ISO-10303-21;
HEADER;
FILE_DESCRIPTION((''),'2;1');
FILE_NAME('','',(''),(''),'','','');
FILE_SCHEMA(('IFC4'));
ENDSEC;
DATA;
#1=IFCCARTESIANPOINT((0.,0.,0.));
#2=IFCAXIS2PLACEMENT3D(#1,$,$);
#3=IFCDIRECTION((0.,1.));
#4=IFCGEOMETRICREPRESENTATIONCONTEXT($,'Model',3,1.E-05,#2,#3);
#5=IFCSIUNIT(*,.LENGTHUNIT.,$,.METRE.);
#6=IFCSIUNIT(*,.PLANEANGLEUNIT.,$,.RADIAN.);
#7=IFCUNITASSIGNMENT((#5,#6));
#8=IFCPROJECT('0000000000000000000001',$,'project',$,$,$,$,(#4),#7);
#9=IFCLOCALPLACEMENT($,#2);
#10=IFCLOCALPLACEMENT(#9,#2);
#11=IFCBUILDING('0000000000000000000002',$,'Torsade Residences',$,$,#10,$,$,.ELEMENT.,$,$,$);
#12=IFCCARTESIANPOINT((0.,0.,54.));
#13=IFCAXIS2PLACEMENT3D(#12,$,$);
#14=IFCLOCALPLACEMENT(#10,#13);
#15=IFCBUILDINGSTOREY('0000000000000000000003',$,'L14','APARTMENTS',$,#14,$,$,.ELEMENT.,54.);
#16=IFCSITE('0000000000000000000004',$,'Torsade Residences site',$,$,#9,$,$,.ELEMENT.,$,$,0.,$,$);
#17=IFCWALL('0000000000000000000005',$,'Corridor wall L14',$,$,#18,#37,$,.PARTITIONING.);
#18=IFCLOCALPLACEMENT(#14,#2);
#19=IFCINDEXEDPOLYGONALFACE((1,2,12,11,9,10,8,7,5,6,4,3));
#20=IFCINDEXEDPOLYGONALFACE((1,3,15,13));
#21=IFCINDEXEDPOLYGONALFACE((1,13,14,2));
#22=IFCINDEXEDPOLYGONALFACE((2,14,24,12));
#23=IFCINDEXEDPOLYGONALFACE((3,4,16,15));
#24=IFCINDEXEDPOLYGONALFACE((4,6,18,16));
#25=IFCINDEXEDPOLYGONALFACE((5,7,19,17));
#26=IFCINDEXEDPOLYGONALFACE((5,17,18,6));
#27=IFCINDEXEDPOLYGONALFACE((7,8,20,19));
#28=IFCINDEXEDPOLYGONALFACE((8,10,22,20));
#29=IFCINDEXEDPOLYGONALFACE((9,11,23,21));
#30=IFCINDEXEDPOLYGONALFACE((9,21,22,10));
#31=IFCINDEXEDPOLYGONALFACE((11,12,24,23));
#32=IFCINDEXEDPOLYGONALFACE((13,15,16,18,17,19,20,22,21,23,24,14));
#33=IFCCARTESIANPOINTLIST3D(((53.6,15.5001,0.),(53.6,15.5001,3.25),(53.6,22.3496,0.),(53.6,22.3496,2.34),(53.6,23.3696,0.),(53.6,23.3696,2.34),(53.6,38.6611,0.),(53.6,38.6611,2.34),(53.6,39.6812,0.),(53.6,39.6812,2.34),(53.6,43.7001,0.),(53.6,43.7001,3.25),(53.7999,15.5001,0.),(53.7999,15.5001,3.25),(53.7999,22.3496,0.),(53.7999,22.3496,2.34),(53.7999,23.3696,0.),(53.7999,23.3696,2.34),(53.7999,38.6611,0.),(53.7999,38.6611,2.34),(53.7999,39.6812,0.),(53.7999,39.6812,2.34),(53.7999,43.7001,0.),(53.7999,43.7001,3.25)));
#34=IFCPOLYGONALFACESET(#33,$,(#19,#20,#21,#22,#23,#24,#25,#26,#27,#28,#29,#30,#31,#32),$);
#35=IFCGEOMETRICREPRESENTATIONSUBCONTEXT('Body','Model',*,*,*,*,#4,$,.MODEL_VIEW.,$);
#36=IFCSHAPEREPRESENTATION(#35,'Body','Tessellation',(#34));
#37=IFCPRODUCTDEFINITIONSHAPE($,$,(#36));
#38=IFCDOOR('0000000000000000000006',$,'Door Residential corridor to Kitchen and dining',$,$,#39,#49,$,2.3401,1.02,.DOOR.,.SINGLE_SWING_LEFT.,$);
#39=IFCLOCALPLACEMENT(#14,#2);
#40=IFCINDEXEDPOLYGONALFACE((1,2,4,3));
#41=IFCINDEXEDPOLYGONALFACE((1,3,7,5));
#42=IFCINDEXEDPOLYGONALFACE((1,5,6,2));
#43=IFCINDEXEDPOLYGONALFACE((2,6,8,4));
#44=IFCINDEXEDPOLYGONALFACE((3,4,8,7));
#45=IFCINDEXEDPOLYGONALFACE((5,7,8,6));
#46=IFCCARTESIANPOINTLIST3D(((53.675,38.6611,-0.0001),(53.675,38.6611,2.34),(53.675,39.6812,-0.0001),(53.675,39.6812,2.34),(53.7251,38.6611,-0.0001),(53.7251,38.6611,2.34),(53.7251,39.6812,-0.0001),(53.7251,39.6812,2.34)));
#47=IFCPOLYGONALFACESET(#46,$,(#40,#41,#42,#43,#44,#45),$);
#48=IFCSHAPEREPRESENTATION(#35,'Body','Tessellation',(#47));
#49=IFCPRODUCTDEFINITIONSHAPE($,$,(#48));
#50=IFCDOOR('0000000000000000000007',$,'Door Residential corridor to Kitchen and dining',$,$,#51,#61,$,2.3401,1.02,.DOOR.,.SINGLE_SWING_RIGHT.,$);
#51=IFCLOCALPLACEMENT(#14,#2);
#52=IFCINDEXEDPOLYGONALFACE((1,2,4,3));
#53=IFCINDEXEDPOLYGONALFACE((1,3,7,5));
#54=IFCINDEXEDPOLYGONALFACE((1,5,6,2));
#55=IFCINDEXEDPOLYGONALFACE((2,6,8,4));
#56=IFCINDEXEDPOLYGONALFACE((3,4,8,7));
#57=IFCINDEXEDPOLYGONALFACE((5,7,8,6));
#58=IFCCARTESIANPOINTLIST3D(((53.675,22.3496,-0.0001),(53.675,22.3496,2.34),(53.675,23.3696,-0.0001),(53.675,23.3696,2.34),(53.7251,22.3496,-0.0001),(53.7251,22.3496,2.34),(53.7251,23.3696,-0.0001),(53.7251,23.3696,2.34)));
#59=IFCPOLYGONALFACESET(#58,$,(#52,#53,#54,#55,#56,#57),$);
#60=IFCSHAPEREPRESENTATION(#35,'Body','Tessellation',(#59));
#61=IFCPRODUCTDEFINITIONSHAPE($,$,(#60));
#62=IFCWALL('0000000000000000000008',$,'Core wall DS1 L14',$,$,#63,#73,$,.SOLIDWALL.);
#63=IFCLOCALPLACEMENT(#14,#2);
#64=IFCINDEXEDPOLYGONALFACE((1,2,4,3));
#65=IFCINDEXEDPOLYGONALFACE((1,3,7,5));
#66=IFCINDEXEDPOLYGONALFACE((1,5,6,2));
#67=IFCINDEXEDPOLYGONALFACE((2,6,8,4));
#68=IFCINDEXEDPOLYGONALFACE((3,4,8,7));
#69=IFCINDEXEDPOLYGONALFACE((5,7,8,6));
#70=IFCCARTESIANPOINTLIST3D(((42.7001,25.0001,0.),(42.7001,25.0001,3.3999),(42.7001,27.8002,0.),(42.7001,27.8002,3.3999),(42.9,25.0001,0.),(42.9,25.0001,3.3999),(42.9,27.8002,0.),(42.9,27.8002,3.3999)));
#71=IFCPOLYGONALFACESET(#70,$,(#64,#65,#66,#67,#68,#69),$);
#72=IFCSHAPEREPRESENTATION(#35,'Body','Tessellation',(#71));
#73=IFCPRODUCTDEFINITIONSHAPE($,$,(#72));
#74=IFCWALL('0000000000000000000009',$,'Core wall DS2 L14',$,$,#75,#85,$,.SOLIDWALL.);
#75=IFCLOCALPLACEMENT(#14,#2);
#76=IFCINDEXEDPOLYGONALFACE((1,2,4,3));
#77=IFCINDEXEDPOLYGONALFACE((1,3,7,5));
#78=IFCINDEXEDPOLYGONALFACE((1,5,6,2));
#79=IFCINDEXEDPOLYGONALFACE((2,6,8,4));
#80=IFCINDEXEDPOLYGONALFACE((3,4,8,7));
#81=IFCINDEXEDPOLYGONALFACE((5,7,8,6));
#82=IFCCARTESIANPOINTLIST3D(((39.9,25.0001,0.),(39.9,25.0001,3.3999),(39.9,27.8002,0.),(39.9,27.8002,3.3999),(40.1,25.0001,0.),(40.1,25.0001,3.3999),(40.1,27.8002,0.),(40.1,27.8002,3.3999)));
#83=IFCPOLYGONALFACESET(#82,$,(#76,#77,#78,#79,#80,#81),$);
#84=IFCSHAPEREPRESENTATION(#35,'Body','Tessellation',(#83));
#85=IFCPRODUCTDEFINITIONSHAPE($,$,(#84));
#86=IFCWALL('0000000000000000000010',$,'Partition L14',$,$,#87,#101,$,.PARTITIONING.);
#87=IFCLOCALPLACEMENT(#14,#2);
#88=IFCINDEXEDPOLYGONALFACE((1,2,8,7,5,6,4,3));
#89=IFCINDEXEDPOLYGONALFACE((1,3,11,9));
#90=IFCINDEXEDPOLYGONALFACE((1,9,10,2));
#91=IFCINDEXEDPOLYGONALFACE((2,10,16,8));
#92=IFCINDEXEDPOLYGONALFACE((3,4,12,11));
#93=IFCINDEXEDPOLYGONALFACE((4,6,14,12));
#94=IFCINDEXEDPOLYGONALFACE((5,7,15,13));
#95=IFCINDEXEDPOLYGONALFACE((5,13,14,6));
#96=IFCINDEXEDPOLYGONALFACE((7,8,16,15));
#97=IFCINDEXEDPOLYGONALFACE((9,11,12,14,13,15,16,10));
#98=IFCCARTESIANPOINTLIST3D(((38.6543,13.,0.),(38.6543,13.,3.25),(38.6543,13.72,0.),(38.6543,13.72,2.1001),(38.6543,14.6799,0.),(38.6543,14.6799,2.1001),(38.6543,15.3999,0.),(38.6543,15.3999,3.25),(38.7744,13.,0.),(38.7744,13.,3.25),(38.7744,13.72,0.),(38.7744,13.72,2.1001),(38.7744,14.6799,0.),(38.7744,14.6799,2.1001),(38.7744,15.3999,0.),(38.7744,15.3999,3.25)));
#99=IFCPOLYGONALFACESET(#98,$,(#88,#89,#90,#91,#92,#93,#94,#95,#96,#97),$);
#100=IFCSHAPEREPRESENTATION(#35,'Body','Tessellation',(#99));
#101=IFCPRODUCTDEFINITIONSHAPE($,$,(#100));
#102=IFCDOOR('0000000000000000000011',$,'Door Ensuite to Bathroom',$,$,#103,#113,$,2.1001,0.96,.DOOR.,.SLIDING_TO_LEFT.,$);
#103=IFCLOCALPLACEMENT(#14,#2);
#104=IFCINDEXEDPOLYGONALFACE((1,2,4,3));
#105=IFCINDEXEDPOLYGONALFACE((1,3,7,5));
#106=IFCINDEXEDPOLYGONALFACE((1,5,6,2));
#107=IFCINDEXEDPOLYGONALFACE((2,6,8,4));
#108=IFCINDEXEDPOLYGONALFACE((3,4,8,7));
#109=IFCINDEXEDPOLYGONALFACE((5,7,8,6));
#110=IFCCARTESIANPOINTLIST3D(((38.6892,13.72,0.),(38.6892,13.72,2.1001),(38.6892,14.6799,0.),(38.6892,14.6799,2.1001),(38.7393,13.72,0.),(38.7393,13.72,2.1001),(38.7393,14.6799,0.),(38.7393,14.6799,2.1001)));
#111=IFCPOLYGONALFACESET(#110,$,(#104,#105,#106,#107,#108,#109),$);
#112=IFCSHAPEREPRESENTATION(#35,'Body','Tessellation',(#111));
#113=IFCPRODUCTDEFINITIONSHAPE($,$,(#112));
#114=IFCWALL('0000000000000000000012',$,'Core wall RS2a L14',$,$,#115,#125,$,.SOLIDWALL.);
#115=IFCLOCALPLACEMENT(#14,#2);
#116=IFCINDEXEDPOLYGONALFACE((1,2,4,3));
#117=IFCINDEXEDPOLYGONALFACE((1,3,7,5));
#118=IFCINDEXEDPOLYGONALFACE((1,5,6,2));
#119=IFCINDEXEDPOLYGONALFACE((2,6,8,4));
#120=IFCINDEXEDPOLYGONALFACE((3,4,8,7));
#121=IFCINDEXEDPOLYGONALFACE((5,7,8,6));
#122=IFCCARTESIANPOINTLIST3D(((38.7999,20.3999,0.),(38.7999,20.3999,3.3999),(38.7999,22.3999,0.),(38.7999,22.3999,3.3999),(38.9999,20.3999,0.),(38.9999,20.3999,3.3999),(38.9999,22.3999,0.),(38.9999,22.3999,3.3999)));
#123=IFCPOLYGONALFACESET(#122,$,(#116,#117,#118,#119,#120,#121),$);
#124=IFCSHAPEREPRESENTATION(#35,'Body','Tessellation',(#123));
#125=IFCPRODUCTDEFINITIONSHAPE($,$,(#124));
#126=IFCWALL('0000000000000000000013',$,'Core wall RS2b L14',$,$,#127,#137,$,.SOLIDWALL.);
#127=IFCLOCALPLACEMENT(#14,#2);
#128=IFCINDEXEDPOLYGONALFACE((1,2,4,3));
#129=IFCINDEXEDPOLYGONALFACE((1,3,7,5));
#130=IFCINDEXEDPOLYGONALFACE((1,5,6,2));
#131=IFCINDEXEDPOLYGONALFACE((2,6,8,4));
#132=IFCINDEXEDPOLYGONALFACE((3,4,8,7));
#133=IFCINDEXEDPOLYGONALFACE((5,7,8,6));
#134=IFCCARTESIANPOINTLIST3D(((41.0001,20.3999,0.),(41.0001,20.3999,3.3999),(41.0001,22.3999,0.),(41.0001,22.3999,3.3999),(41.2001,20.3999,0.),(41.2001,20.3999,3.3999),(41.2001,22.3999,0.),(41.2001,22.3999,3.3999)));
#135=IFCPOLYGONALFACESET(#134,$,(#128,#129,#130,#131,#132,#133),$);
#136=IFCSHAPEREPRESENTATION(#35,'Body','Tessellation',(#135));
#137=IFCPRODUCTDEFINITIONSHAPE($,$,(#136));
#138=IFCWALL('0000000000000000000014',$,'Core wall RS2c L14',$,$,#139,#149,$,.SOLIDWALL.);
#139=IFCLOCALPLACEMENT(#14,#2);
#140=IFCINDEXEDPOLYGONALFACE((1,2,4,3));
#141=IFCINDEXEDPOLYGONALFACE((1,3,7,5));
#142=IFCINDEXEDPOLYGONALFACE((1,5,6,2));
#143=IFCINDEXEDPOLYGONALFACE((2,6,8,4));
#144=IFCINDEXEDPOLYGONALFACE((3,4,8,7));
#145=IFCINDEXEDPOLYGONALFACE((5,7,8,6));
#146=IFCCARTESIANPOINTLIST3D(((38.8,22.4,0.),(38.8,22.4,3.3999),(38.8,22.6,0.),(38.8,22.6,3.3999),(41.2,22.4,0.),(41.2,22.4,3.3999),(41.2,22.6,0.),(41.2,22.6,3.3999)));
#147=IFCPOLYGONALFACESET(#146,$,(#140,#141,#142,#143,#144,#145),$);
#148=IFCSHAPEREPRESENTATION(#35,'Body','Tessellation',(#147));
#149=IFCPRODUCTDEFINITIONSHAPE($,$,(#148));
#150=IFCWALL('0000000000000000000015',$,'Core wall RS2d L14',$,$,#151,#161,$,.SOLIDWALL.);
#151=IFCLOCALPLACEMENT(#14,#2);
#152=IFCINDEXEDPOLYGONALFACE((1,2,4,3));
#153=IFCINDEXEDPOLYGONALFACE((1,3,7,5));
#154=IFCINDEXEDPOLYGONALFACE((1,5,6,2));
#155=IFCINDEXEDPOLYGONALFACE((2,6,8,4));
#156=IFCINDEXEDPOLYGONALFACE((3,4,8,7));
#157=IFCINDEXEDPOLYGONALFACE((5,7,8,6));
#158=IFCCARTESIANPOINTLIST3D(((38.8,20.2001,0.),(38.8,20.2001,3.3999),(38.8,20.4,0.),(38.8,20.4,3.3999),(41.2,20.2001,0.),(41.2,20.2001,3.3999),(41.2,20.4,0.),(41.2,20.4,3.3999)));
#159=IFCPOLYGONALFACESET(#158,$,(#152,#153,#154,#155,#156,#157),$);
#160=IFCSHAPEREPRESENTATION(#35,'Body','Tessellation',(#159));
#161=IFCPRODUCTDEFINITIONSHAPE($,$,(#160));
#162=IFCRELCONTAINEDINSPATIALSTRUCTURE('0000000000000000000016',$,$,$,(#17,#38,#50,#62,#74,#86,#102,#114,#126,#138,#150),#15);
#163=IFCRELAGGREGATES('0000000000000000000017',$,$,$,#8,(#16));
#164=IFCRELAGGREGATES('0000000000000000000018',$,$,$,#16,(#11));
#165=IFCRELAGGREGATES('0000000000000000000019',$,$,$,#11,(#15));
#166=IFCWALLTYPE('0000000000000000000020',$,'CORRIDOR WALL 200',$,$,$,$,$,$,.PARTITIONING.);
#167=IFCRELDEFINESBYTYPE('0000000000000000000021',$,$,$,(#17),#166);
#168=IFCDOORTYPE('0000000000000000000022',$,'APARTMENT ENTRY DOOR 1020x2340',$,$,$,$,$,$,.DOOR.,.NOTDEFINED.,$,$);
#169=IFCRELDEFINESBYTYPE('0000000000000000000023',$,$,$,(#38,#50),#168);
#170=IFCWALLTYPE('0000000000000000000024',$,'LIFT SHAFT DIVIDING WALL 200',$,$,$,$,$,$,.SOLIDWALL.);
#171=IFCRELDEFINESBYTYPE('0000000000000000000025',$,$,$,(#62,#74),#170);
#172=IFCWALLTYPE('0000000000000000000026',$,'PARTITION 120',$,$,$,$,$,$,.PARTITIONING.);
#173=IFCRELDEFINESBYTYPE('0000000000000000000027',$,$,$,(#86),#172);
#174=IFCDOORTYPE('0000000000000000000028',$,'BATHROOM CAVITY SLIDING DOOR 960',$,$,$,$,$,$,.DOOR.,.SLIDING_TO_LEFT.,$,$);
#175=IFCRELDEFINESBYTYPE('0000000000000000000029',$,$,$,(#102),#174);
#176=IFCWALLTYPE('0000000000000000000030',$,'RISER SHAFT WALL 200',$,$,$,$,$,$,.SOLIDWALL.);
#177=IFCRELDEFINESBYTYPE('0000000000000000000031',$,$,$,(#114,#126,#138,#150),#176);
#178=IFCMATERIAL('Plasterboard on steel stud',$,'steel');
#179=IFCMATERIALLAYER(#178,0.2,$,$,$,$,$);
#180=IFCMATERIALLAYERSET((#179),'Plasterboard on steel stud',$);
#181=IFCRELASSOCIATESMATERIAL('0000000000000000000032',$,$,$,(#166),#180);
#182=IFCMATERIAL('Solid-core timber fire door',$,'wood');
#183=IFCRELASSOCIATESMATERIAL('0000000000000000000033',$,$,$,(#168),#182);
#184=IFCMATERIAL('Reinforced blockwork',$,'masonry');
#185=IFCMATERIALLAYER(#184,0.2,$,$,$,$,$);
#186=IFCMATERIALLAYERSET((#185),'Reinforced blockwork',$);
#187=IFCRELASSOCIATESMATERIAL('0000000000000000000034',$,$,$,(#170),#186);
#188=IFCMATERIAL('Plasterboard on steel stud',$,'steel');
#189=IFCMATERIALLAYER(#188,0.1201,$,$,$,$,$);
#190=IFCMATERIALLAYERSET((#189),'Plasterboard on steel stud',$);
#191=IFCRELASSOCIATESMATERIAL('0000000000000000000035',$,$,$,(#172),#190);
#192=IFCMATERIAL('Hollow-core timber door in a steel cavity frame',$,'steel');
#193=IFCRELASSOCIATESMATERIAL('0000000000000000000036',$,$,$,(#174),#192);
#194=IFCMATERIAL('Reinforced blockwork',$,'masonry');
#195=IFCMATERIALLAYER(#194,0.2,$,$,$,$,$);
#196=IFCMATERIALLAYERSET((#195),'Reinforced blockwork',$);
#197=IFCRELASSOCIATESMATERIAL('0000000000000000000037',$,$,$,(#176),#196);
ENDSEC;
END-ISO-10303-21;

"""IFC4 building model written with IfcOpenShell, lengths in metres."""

from ifc_helpers import new_model, si_unit, direction, frame, frame_2d, origin, place, context, subcontext, project, spatial, rectangle, extrude, material, layer, layer_set, type_object, element, fill, save


model = new_model("IFC4")

# Units and contexts
model_context = context("Model", 3, precision=1e-05, world=origin(), true_north=direction((0.0, 1.0)))
body_context = subcontext(model_context, "Body", "Model", "MODEL_VIEW")
ifc_project = project(units=[si_unit("LENGTHUNIT", "METRE"), si_unit("PLANEANGLEUNIT", "RADIAN")], contexts=[model_context])

# Site, building, storey
site_placement = place(None, origin())
site = spatial("IfcSite", under=ifc_project, at=site_placement, Name="Torsade Residences site", CompositionType="ELEMENT", RefElevation=0.0)
building_placement = place(site_placement, origin())
building = spatial("IfcBuilding", under=site, at=building_placement, Name="Torsade Residences", CompositionType="ELEMENT")
storey_placement = place(building_placement, frame((0.0, 0.0, 54.0)))
storey = spatial("IfcBuildingStorey", under=building, at=storey_placement, Name="L14", Description="APARTMENTS", CompositionType="ELEMENT", Elevation=54.0)

# Wall, openings, doors
ifc_material_1 = material(Name="Plasterboard on steel stud", Category="steel")
ifc_layer_1 = layer(ifc_material_1, 0.2)
ifc_layer_set_1 = layer_set([ifc_layer_1], Name="Plasterboard on steel stud")
wall_type_1 = type_object("IfcWallType", Name="CORRIDOR WALL 200", PredefinedType="PARTITIONING", material=ifc_layer_set_1)
wall_1_placement = place(storey_placement, frame((53.7, 15.5, 0.0), z_axis=(0.0, 0.0, 1.0), x_axis=(0.0, 1.0, 0.0)))
wall_1 = element("IfcWall", 1, at=wall_1_placement, inside=storey, type_object=wall_type_1, Name="Corridor wall L14", PredefinedType="PARTITIONING", context=body_context, shape_type="SweptSolid", body=[
    extrude(rectangle(XDim=28.2, YDim=0.2, at=frame_2d((14.1001, 0.0))), origin(), (0.0, 0.0, 1.0), 3.25),
])
opening_1_placement = place(wall_1_placement, frame((23.1611, 0.0, 0.0)))
opening_1 = element("IfcOpeningElement", 2, at=opening_1_placement, cuts=wall_1, PredefinedType="OPENING", context=body_context, shape_type="SweptSolid", body=[
    extrude(rectangle(XDim=1.02, YDim=2.3401, at=frame_2d((0.51, 1.1699))), frame((0.0, 0.1099, 0.0), z_axis=(0.0, -1.0, 0.0), x_axis=(1.0, 0.0, 0.0)), (0.0, 0.0, 1.0), 0.22),
])
opening_2_placement = place(wall_1_placement, frame((6.8496, 0.0, 0.0)))
opening_2 = element("IfcOpeningElement", 3, at=opening_2_placement, cuts=wall_1, PredefinedType="OPENING", context=body_context, shape_type="SweptSolid", body=[
    extrude(rectangle(XDim=1.02, YDim=2.3401, at=frame_2d((0.51, 1.1699))), frame((0.0, 0.1099, 0.0), z_axis=(0.0, -1.0, 0.0), x_axis=(1.0, 0.0, 0.0)), (0.0, 0.0, 1.0), 0.22),
])
ifc_material_2 = material(Name="Solid-core timber fire door", Category="wood")
door_type_1 = type_object("IfcDoorType", Name="APARTMENT ENTRY DOOR 1020x2340", OperationType="NOTDEFINED", PredefinedType="DOOR", material=ifc_material_2)
door_1_placement = place(opening_1_placement, origin())
door_1 = element("IfcDoor", 4, at=door_1_placement, inside=storey, type_object=door_type_1, Name="Door Residential corridor to Kitchen and dining", OperationType="SINGLE_SWING_LEFT", OverallHeight=2.3401, OverallWidth=1.02, PredefinedType="DOOR", context=body_context, shape_type="SweptSolid", body=[
    extrude(rectangle(XDim=1.02, YDim=2.3401, at=frame_2d((0.51, 1.1699))), frame((0.0, 0.0249, 0.0), z_axis=(0.0, -1.0, 0.0), x_axis=(1.0, 0.0, 0.0)), (0.0, 0.0, 1.0), 0.05),
])
fill(opening_1, door_1)
door_2_placement = place(opening_2_placement, origin())
door_2 = element("IfcDoor", 5, at=door_2_placement, inside=storey, type_object=door_type_1, Name="Door Residential corridor to Kitchen and dining", OperationType="SINGLE_SWING_RIGHT", OverallHeight=2.3401, OverallWidth=1.02, PredefinedType="DOOR", context=body_context, shape_type="SweptSolid", body=[
    extrude(rectangle(XDim=1.02, YDim=2.3401, at=frame_2d((0.51, 1.1699))), frame((0.0, 0.0249, 0.0), z_axis=(0.0, -1.0, 0.0), x_axis=(1.0, 0.0, 0.0)), (0.0, 0.0, 1.0), 0.05),
])
fill(opening_2, door_2)

# Walls
ifc_material_3 = material(Name="Reinforced blockwork", Category="masonry")
ifc_layer_2 = layer(ifc_material_3, 0.2)
ifc_layer_set_2 = layer_set([ifc_layer_2], Name="Reinforced blockwork")
wall_type_2 = type_object("IfcWallType", Name="LIFT SHAFT DIVIDING WALL 200", PredefinedType="SOLIDWALL", material=ifc_layer_set_2)
for number, where, z_axis, x_axis, name in (
    (6, (42.8, 27.8, 0.0), (0.0, 0.0, 1.0), (0.0, -1.0, 0.0), "Core wall DS1 L14"),
    (7, (40.0, 27.8, 0.0), (0.0, 0.0, 1.0), (0.0, -1.0, 0.0), "Core wall DS2 L14"),
):
    element("IfcWall", number, at=place(storey_placement, frame(where, z_axis=z_axis, x_axis=x_axis)), inside=storey, type_object=wall_type_2, Name=name, PredefinedType="SOLIDWALL", context=body_context, shape_type="SweptSolid", body=[
        extrude(rectangle(XDim=2.8, YDim=0.2, at=frame_2d((1.3999, 0.0))), origin(), (0.0, 0.0, 1.0), 3.3999),
    ])

# Wall, opening, door
ifc_material_4 = material(Name="Plasterboard on steel stud", Category="steel")
ifc_layer_3 = layer(ifc_material_4, 0.1201)
ifc_layer_set_3 = layer_set([ifc_layer_3], Name="Plasterboard on steel stud")
wall_type_3 = type_object("IfcWallType", Name="PARTITION 120", PredefinedType="PARTITIONING", material=ifc_layer_set_3)
wall_2_placement = place(storey_placement, frame((38.7144, 15.3999, 0.0), z_axis=(0.0, 0.0, 1.0), x_axis=(0.0, -1.0, 0.0)))
wall_2 = element("IfcWall", 8, at=wall_2_placement, inside=storey, type_object=wall_type_3, Name="Partition L14", PredefinedType="PARTITIONING", context=body_context, shape_type="SweptSolid", body=[
    extrude(rectangle(XDim=2.3999, YDim=0.1201, at=frame_2d((1.2, 0.0))), origin(), (0.0, 0.0, 1.0), 3.25),
])
opening_3_placement = place(wall_2_placement, frame((0.72, 0.0, 0.0)))
opening_3 = element("IfcOpeningElement", 9, at=opening_3_placement, cuts=wall_2, PredefinedType="OPENING", context=body_context, shape_type="SweptSolid", body=[
    extrude(rectangle(XDim=0.96, YDim=2.1001, at=frame_2d((0.48, 1.05))), frame((0.0, 0.0701, 0.0), z_axis=(0.0, -1.0, 0.0), x_axis=(1.0, 0.0, 0.0)), (0.0, 0.0, 1.0), 0.1401),
])
ifc_material_5 = material(Name="Hollow-core timber door in a steel cavity frame", Category="steel")
door_type_2 = type_object("IfcDoorType", Name="BATHROOM CAVITY SLIDING DOOR 960", OperationType="SLIDING_TO_LEFT", PredefinedType="DOOR", material=ifc_material_5)
door_3_placement = place(opening_3_placement, origin())
door_3 = element("IfcDoor", 10, at=door_3_placement, inside=storey, type_object=door_type_2, Name="Door Ensuite to Bathroom", OperationType="SLIDING_TO_LEFT", OverallHeight=2.1001, OverallWidth=0.96, PredefinedType="DOOR", context=body_context, shape_type="SweptSolid", body=[
    extrude(rectangle(XDim=0.96, YDim=2.1001, at=frame_2d((0.48, 1.05))), frame((0.0, 0.0249, 0.0), z_axis=(0.0, -1.0, 0.0), x_axis=(1.0, 0.0, 0.0)), (0.0, 0.0, 1.0), 0.05),
])
fill(opening_3, door_3)

# Walls
ifc_material_6 = material(Name="Reinforced blockwork", Category="masonry")
ifc_layer_4 = layer(ifc_material_6, 0.2)
ifc_layer_set_4 = layer_set([ifc_layer_4], Name="Reinforced blockwork")
wall_type_4 = type_object("IfcWallType", Name="RISER SHAFT WALL 200", PredefinedType="SOLIDWALL", material=ifc_layer_set_4)
for number, where, z_axis, x_axis, name in (
    (11, (38.8999, 22.3999, 0.0), (0.0, 0.0, 1.0), (0.0, -1.0, 0.0), "Core wall RS2a L14"),
    (12, (41.1001, 22.3999, 0.0), (0.0, 0.0, 1.0), (0.0, -1.0, 0.0), "Core wall RS2b L14"),
):
    element("IfcWall", number, at=place(storey_placement, frame(where, z_axis=z_axis, x_axis=x_axis)), inside=storey, type_object=wall_type_4, Name=name, PredefinedType="SOLIDWALL", context=body_context, shape_type="SweptSolid", body=[
        extrude(rectangle(XDim=2.0, YDim=0.2, at=frame_2d((1.0, 0.0))), origin(), (0.0, 0.0, 1.0), 3.3999),
    ])
for number, where, z_axis, x_axis, name in (
    (13, (38.8, 22.5, 0.0), (0.0, 0.0, 1.0), (1.0, 0.0, 0.0), "Core wall RS2c L14"),
    (14, (38.8, 20.3, 0.0), (0.0, 0.0, 1.0), (1.0, 0.0, 0.0), "Core wall RS2d L14"),
):
    element("IfcWall", number, at=place(storey_placement, frame(where, z_axis=z_axis, x_axis=x_axis)), inside=storey, type_object=wall_type_4, Name=name, PredefinedType="SOLIDWALL", context=body_context, shape_type="SweptSolid", body=[
        extrude(rectangle(XDim=2.3999, YDim=0.2, at=frame_2d((1.2, 0.0))), origin(), (0.0, 0.0, 1.0), 3.3999),
    ])

save(model, "model.ifc")
